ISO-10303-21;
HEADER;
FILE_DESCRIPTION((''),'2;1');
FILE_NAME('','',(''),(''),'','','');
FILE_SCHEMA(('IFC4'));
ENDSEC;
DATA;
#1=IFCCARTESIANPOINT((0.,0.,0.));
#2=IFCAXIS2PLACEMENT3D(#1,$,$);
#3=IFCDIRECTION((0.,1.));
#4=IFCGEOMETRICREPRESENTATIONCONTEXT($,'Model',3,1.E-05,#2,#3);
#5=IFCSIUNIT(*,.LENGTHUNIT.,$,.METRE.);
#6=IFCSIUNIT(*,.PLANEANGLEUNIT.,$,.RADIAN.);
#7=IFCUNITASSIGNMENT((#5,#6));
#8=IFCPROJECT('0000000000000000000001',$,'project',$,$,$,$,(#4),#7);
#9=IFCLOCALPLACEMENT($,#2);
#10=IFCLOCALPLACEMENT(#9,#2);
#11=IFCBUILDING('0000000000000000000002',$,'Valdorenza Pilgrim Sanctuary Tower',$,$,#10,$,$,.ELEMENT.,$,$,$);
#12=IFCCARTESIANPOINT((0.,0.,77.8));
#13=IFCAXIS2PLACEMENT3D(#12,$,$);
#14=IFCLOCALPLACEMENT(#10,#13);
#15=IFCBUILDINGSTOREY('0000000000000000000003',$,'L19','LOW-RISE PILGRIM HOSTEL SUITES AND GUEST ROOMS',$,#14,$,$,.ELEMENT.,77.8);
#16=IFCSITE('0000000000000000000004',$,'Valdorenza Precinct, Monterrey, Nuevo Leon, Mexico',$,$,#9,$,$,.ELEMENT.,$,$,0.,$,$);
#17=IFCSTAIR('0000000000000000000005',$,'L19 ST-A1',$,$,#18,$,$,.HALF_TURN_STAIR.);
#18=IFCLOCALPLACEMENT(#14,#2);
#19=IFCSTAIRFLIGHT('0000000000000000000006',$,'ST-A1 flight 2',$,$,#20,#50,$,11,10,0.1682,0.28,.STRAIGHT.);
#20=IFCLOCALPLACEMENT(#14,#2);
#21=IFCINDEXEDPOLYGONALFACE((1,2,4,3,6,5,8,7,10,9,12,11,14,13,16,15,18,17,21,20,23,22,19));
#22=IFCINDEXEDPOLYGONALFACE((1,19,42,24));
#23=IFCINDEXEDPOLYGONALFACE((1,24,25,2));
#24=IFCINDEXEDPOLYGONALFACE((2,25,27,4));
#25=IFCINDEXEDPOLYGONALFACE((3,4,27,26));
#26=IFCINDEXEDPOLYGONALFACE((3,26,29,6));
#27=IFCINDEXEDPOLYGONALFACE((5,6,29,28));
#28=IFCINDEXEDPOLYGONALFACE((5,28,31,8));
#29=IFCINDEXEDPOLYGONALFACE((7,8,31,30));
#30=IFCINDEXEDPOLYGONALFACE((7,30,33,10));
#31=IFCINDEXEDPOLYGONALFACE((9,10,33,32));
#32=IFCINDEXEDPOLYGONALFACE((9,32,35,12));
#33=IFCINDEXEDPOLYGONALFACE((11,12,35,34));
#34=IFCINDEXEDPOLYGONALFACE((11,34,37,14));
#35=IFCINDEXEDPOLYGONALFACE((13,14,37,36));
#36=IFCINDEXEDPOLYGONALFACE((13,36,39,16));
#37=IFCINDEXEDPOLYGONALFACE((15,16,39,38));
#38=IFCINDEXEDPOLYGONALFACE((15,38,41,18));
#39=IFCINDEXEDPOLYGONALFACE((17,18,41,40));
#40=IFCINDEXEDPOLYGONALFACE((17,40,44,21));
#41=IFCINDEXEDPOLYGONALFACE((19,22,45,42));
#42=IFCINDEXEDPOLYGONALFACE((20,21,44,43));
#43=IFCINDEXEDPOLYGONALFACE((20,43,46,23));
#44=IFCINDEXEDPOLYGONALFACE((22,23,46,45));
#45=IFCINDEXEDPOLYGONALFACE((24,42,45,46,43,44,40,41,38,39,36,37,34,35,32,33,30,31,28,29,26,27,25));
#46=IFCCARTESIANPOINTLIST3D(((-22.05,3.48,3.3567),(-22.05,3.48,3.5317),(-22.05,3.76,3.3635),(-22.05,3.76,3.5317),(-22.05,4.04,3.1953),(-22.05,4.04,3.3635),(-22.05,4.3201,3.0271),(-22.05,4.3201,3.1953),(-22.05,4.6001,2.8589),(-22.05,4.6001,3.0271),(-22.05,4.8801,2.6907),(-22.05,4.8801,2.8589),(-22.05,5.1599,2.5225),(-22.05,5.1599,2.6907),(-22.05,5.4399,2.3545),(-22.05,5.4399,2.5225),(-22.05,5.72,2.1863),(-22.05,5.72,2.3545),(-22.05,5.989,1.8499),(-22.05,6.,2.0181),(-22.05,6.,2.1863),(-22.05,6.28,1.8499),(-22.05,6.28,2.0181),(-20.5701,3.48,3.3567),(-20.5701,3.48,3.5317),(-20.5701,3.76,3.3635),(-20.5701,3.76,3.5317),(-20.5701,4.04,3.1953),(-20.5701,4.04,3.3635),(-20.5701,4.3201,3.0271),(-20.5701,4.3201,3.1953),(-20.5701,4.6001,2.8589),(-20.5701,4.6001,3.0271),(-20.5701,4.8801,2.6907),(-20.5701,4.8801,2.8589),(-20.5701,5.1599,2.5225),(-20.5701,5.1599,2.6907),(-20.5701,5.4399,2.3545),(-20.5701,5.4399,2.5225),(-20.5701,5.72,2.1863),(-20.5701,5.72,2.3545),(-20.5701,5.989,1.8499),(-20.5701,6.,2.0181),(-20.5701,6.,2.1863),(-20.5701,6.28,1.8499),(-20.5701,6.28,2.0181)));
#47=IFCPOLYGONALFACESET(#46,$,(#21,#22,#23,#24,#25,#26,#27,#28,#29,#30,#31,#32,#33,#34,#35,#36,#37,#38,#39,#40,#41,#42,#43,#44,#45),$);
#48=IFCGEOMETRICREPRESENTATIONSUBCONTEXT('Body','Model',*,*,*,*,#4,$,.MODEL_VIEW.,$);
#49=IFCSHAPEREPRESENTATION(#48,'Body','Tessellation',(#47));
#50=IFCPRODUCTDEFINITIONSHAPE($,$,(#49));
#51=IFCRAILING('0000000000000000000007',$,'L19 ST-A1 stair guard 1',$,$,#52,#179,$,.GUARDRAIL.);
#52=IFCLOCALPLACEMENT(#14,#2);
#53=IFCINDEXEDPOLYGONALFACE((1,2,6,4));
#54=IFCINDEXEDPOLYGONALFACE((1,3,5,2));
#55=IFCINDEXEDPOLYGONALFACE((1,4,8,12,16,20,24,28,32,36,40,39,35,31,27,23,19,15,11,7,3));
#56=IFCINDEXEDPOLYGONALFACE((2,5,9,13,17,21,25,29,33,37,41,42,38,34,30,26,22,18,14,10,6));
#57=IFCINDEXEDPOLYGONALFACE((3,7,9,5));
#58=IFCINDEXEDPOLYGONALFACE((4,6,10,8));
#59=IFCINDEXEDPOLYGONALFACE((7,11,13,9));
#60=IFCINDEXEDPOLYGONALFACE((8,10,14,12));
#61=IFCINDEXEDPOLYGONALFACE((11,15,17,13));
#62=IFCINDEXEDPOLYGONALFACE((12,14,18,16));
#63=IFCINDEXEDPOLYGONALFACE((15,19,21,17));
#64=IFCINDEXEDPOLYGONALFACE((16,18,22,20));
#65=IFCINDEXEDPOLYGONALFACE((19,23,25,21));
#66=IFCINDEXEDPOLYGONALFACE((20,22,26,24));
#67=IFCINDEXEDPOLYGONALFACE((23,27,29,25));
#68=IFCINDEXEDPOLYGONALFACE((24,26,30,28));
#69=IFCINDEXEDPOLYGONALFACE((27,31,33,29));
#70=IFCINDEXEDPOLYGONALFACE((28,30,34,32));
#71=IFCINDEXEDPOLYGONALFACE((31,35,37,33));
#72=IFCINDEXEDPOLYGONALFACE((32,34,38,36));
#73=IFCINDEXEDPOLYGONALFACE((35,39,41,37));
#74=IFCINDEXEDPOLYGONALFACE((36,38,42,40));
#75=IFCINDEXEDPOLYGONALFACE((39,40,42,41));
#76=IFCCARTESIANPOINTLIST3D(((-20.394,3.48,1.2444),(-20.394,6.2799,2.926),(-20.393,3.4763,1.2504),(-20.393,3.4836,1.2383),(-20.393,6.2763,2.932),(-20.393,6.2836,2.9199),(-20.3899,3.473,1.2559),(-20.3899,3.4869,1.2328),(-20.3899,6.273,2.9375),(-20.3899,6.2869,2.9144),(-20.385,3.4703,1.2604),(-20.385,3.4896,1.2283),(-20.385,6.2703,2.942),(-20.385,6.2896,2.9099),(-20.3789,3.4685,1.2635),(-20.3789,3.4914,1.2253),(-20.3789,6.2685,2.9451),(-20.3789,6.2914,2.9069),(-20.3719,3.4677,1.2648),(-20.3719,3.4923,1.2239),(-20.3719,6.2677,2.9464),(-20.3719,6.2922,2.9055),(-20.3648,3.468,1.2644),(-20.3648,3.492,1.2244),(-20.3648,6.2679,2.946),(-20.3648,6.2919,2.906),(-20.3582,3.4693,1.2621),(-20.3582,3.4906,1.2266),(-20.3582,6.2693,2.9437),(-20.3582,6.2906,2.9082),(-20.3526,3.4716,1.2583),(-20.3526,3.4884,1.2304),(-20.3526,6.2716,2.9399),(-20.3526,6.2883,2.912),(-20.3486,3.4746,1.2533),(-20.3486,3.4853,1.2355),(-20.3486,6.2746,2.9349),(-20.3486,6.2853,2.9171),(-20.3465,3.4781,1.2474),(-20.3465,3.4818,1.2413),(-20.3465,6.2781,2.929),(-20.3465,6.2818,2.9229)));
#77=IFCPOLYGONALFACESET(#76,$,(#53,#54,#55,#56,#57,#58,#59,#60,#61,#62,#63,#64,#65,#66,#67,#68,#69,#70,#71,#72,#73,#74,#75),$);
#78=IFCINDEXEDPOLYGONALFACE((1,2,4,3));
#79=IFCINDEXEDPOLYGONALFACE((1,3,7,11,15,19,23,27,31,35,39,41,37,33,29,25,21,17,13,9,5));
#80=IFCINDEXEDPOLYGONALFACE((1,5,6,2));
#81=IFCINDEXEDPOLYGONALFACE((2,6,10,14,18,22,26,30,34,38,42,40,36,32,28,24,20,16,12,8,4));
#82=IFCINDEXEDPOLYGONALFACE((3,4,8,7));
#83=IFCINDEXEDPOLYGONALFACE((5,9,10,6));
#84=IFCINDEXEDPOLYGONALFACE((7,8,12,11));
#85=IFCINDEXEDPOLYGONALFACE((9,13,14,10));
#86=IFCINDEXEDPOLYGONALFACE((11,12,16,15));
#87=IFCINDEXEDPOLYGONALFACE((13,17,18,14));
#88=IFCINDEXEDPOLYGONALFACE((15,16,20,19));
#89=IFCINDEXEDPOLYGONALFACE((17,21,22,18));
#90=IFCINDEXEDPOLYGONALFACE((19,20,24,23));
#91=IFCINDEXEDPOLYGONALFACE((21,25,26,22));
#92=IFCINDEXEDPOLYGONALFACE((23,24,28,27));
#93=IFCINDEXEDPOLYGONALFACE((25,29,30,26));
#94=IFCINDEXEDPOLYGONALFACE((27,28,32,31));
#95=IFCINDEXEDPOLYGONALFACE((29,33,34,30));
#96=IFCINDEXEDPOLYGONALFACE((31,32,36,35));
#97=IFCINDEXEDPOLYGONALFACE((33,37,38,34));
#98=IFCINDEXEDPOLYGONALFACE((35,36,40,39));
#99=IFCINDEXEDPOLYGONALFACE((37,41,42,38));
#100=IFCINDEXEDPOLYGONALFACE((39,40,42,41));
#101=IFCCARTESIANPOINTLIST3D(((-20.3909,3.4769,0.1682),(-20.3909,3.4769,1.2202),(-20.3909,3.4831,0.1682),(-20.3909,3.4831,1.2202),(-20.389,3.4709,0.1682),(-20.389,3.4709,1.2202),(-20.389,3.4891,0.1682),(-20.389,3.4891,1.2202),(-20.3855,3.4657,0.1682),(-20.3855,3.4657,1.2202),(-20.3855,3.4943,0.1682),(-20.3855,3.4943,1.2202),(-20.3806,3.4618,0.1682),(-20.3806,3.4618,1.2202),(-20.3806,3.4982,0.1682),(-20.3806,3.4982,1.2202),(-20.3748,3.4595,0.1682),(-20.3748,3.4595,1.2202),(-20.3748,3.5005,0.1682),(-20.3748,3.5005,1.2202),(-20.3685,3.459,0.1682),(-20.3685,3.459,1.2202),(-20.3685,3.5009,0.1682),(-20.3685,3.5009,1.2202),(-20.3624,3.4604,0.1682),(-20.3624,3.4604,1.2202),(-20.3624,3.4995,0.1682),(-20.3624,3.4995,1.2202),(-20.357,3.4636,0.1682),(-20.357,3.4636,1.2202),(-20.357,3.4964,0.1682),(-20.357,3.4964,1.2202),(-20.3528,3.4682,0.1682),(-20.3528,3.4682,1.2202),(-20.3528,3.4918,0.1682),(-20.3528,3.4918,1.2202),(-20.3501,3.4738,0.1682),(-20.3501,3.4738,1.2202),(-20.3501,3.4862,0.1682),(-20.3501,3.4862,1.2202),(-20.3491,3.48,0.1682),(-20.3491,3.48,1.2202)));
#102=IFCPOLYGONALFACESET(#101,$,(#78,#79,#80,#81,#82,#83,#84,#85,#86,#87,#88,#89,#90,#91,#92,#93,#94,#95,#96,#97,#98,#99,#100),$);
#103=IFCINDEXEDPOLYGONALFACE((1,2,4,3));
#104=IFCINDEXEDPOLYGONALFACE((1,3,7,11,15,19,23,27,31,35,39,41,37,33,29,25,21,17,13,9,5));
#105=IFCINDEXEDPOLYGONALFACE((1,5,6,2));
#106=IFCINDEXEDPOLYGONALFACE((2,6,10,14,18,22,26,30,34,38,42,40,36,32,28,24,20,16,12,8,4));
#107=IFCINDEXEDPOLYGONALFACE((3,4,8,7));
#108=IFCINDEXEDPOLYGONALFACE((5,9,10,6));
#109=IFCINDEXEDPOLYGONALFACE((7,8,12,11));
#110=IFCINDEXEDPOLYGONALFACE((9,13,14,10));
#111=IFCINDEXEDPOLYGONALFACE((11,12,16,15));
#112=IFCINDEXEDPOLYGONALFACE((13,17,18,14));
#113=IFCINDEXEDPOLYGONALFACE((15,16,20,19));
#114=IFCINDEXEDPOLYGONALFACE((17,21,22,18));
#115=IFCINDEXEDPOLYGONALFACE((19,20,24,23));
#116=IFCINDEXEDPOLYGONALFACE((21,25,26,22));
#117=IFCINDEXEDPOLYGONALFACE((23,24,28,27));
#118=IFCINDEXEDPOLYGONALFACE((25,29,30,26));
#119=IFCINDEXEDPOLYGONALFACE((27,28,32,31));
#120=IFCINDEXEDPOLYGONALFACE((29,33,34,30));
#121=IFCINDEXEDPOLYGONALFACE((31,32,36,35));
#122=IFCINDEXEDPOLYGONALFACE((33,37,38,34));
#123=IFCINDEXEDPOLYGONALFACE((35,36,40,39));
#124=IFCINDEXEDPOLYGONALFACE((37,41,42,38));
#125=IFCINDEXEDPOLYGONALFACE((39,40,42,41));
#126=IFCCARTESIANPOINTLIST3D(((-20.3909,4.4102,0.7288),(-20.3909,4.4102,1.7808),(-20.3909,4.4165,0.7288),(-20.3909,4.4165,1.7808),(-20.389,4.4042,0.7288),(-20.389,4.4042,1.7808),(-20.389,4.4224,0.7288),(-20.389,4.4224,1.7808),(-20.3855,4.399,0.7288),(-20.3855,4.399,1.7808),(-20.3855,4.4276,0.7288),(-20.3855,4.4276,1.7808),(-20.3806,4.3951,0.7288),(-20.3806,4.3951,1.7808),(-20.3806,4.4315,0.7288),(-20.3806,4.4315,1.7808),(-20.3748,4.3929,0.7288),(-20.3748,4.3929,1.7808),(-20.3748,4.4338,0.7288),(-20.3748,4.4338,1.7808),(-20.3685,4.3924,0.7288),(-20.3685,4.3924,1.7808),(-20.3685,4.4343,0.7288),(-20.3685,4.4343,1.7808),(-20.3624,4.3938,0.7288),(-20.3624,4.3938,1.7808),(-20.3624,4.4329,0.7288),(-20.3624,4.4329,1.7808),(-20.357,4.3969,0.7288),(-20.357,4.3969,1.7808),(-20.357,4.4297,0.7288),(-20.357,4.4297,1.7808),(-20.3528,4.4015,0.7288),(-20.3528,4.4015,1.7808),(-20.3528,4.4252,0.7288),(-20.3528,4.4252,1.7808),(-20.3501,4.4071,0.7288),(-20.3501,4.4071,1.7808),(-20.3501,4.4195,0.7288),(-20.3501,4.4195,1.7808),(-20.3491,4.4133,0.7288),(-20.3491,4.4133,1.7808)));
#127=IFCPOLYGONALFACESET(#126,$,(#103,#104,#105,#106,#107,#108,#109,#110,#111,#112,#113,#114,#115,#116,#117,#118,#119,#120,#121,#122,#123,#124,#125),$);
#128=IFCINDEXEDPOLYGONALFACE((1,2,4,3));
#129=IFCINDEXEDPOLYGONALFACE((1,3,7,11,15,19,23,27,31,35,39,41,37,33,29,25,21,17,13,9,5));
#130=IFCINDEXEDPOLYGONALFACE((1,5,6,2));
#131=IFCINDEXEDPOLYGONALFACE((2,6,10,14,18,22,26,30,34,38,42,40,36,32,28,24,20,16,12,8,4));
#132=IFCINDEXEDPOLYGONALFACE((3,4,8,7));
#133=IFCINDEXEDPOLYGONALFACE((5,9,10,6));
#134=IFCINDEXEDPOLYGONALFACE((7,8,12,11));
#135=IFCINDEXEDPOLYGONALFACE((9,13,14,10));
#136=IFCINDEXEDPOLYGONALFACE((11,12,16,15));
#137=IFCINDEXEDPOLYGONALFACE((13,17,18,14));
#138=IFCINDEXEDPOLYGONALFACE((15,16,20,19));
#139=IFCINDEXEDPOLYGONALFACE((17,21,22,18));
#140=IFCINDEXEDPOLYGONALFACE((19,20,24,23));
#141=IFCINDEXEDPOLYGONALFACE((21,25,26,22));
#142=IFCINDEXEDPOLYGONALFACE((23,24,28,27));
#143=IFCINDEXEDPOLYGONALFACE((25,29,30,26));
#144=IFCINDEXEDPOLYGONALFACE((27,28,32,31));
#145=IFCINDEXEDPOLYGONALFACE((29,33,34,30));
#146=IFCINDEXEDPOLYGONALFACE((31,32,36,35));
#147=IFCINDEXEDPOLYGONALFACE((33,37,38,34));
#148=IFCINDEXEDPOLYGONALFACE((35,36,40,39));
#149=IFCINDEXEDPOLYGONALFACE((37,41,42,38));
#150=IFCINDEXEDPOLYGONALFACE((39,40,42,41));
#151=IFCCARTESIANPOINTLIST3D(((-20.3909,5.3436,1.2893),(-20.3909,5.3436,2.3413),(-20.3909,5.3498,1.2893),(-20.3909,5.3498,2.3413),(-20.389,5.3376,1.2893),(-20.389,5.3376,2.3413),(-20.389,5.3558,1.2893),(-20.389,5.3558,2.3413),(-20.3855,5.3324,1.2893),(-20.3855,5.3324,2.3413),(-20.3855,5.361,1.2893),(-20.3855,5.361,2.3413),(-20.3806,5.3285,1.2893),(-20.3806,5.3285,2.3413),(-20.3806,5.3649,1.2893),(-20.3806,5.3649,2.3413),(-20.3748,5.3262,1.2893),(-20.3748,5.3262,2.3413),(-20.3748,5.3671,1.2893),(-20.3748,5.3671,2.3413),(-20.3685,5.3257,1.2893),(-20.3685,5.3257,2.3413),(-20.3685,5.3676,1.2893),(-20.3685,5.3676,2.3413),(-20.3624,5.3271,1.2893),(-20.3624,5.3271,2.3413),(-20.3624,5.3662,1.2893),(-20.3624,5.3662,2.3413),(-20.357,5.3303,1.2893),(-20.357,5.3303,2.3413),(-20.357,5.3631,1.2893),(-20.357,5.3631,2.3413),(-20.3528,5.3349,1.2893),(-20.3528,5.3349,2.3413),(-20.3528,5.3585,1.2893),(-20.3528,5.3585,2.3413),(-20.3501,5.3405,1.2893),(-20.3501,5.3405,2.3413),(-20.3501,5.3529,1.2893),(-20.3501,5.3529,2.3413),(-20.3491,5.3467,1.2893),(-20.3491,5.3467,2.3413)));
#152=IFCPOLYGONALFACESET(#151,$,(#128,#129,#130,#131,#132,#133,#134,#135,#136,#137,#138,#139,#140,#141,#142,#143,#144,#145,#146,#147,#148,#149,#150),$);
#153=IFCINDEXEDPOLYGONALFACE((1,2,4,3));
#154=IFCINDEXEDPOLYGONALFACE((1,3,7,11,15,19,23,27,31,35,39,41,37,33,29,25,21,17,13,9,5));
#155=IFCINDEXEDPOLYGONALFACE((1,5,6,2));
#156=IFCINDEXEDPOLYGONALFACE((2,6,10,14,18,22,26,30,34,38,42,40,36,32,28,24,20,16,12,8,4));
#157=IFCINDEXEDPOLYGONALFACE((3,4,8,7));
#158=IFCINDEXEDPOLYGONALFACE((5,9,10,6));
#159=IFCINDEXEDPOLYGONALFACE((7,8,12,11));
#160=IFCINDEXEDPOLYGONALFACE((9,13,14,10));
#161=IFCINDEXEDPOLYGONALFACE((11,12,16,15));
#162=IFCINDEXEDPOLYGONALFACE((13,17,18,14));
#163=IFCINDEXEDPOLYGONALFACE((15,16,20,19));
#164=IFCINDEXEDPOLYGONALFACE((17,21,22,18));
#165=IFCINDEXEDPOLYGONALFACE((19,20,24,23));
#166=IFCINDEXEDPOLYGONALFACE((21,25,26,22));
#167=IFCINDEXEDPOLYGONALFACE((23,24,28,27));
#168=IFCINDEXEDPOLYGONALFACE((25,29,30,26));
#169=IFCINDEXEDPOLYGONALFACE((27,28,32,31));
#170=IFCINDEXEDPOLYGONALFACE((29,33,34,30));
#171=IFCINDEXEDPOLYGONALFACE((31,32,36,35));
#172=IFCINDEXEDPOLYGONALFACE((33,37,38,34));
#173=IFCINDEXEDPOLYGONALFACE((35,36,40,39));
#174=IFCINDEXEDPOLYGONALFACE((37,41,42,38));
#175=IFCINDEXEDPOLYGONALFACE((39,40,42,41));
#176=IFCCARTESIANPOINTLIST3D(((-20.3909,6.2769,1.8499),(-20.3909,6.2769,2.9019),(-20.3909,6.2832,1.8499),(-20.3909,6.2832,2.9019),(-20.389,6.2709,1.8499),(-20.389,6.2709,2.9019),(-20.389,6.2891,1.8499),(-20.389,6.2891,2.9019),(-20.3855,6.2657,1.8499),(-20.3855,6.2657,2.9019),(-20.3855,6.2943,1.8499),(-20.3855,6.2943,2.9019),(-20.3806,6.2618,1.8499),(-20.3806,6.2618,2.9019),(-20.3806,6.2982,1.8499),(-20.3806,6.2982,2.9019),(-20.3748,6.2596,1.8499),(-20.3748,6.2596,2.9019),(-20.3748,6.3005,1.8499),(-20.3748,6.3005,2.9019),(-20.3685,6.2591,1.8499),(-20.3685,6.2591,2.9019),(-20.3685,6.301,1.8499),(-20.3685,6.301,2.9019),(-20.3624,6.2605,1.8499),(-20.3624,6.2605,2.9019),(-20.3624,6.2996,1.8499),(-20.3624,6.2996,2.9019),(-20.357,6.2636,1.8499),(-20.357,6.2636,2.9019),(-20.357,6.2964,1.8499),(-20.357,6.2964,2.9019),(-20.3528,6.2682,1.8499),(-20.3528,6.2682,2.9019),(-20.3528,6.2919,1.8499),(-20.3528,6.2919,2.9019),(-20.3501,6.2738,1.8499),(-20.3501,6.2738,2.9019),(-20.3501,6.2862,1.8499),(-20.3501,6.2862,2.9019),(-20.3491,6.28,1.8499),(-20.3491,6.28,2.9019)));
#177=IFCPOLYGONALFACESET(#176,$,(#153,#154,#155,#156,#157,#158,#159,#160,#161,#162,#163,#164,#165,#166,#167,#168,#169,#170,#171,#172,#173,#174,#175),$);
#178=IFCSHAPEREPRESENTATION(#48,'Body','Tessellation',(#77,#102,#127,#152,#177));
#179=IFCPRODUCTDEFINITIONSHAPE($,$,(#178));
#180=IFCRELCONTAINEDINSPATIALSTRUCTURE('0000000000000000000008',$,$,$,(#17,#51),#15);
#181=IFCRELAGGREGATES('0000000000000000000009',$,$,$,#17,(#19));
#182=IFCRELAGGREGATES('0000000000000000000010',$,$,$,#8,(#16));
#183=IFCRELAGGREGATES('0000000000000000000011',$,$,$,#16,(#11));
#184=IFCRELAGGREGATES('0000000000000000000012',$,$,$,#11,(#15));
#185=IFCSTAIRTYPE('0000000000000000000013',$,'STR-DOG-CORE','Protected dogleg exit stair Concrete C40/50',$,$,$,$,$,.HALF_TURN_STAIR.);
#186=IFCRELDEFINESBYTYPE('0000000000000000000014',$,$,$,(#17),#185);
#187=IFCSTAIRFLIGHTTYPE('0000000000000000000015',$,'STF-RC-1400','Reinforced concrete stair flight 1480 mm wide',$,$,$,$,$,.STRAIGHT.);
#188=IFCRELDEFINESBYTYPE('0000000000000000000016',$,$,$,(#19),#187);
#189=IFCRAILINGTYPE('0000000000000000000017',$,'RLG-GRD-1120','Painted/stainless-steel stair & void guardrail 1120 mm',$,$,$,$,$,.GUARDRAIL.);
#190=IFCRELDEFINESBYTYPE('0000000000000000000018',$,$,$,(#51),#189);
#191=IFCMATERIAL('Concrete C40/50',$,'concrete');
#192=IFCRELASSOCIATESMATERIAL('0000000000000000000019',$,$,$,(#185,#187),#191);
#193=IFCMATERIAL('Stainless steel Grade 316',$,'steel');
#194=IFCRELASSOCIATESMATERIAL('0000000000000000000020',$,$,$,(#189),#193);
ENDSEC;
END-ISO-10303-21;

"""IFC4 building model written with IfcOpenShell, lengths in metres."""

from ifc_helpers import new_model, si_unit, direction, frame, origin, origin_2d, place, context, subcontext, project, spatial, polyline, circle, outline, extrude, material, type_object, element, aggregate, save


model = new_model("IFC4")

# Units and contexts
model_context = context("Model", 3, precision=1e-05, world=origin(), true_north=direction((0.0, 1.0)))
body_context = subcontext(model_context, "Body", "Model", "MODEL_VIEW")
ifc_project = project(units=[si_unit("LENGTHUNIT", "METRE"), si_unit("PLANEANGLEUNIT", "RADIAN")], contexts=[model_context])

# Site, building, storey
site_placement = place(None, origin())
site = spatial("IfcSite", under=ifc_project, at=site_placement, Name="Valdorenza Precinct, Monterrey, Nuevo Leon, Mexico", CompositionType="ELEMENT", RefElevation=0.0)
building_placement = place(site_placement, origin())
building = spatial("IfcBuilding", under=site, at=building_placement, Name="Valdorenza Pilgrim Sanctuary Tower", CompositionType="ELEMENT")
storey_placement = place(building_placement, frame((0.0, 0.0, 77.8)))
storey = spatial("IfcBuildingStorey", under=building, at=storey_placement, Name="L19", Description="LOW-RISE PILGRIM HOSTEL SUITES AND GUEST ROOMS", CompositionType="ELEMENT", Elevation=77.8)

# Shared definitions
ifc_material_1 = material(Name="Concrete C40/50", Category="concrete")

# Stair, stair flight
stair_type = type_object("IfcStairType", Name="STR-DOG-CORE", Description="Protected dogleg exit stair Concrete C40/50", PredefinedType="HALF_TURN_STAIR", material=ifc_material_1)
stair_placement = place(storey_placement, origin())
stair = element("IfcStair", 1, at=stair_placement, inside=storey, type_object=stair_type, Name="L19 ST-A1", PredefinedType="HALF_TURN_STAIR")
stair_flight_type = type_object("IfcStairFlightType", Name="STF-RC-1400", Description="Reinforced concrete stair flight 1480 mm wide", PredefinedType="STRAIGHT", material=ifc_material_1)
stair_flight_1_placement = place(storey_placement, frame((-21.3101, 6.28, 1.8499), z_axis=(0.0, 0.0, 1.0), x_axis=(0.0, -1.0, 0.0)))
stair_flight_1 = element("IfcStairFlight", 2, at=stair_flight_1_placement, type_object=stair_flight_type, Name="ST-A1 flight 2", NumberOfRisers=11, NumberOfTreads=10, PredefinedType="STRAIGHT", RiserHeight=0.1682, TreadLength=0.28, context=body_context, shape_type="SweptSolid", body=[
    extrude(outline(polyline([(0.0, 0.0), (0.0, 0.1682), (0.28, 0.1682), (0.28, 0.3364), (0.5601, 0.3364), (0.5601, 0.5046), (0.8401, 0.5046), (0.8401, 0.6726), (1.1201, 0.6726), (1.1201, 0.8408), (1.3999, 0.8408), (1.3999, 1.009), (1.6799, 1.009), (1.6799, 1.1772), (1.96, 1.1772), (1.96, 1.3455), (2.24, 1.3455), (2.24, 1.5137), (2.52, 1.5137), (2.52, 1.6819), (2.8, 1.6819), (2.8, 1.8501), (2.8, 1.5068), (0.291, 0.0), (0.0, 0.0)])), frame((0.0, 0.74, 0.0), z_axis=(0.0, -1.0, 0.0), x_axis=(1.0, 0.0, 0.0)), (0.0, 0.0, 1.0), 1.48),
])
aggregate(stair, [stair_flight_1])

# Railing
ifc_material_2 = material(Name="Stainless steel Grade 316", Category="steel")
railing_type_1 = type_object("IfcRailingType", Name="RLG-GRD-1120", Description="Painted/stainless-steel stair & void guardrail 1120 mm", PredefinedType="GUARDRAIL", material=ifc_material_2)
railing_1_placement = place(storey_placement, frame((-20.3701, 3.48, 0.1682)))
element("IfcRailing", 3, at=railing_1_placement, inside=storey, type_object=railing_type_1, Name="L19 ST-A1 stair guard 1", PredefinedType="GUARDRAIL", context=body_context, shape_type="SweptSolid", body=[
    extrude(circle(Radius=0.0239, at=origin_2d()), frame((0.0, 0.0, 1.0762), z_axis=(0.0, 0.857275, 0.514858), x_axis=(-1.0, 0.0, 0.0)), (0.0, 0.0, 1.0), 3.2661),
    extrude(circle(Radius=0.021, at=origin_2d()), origin(), (0.0, 0.0, 1.0), 1.052),
    extrude(circle(Radius=0.021, at=origin_2d()), frame((0.0, 0.9333, 0.5605)), (0.0, 0.0, 1.0), 1.052),
    extrude(circle(Radius=0.021, at=origin_2d()), frame((0.0, 1.8667, 1.1211)), (0.0, 0.0, 1.0), 1.052),
    extrude(circle(Radius=0.021, at=origin_2d()), frame((0.0, 2.8, 1.6816)), (0.0, 0.0, 1.0), 1.052),
])

save(model, "model.ifc")
